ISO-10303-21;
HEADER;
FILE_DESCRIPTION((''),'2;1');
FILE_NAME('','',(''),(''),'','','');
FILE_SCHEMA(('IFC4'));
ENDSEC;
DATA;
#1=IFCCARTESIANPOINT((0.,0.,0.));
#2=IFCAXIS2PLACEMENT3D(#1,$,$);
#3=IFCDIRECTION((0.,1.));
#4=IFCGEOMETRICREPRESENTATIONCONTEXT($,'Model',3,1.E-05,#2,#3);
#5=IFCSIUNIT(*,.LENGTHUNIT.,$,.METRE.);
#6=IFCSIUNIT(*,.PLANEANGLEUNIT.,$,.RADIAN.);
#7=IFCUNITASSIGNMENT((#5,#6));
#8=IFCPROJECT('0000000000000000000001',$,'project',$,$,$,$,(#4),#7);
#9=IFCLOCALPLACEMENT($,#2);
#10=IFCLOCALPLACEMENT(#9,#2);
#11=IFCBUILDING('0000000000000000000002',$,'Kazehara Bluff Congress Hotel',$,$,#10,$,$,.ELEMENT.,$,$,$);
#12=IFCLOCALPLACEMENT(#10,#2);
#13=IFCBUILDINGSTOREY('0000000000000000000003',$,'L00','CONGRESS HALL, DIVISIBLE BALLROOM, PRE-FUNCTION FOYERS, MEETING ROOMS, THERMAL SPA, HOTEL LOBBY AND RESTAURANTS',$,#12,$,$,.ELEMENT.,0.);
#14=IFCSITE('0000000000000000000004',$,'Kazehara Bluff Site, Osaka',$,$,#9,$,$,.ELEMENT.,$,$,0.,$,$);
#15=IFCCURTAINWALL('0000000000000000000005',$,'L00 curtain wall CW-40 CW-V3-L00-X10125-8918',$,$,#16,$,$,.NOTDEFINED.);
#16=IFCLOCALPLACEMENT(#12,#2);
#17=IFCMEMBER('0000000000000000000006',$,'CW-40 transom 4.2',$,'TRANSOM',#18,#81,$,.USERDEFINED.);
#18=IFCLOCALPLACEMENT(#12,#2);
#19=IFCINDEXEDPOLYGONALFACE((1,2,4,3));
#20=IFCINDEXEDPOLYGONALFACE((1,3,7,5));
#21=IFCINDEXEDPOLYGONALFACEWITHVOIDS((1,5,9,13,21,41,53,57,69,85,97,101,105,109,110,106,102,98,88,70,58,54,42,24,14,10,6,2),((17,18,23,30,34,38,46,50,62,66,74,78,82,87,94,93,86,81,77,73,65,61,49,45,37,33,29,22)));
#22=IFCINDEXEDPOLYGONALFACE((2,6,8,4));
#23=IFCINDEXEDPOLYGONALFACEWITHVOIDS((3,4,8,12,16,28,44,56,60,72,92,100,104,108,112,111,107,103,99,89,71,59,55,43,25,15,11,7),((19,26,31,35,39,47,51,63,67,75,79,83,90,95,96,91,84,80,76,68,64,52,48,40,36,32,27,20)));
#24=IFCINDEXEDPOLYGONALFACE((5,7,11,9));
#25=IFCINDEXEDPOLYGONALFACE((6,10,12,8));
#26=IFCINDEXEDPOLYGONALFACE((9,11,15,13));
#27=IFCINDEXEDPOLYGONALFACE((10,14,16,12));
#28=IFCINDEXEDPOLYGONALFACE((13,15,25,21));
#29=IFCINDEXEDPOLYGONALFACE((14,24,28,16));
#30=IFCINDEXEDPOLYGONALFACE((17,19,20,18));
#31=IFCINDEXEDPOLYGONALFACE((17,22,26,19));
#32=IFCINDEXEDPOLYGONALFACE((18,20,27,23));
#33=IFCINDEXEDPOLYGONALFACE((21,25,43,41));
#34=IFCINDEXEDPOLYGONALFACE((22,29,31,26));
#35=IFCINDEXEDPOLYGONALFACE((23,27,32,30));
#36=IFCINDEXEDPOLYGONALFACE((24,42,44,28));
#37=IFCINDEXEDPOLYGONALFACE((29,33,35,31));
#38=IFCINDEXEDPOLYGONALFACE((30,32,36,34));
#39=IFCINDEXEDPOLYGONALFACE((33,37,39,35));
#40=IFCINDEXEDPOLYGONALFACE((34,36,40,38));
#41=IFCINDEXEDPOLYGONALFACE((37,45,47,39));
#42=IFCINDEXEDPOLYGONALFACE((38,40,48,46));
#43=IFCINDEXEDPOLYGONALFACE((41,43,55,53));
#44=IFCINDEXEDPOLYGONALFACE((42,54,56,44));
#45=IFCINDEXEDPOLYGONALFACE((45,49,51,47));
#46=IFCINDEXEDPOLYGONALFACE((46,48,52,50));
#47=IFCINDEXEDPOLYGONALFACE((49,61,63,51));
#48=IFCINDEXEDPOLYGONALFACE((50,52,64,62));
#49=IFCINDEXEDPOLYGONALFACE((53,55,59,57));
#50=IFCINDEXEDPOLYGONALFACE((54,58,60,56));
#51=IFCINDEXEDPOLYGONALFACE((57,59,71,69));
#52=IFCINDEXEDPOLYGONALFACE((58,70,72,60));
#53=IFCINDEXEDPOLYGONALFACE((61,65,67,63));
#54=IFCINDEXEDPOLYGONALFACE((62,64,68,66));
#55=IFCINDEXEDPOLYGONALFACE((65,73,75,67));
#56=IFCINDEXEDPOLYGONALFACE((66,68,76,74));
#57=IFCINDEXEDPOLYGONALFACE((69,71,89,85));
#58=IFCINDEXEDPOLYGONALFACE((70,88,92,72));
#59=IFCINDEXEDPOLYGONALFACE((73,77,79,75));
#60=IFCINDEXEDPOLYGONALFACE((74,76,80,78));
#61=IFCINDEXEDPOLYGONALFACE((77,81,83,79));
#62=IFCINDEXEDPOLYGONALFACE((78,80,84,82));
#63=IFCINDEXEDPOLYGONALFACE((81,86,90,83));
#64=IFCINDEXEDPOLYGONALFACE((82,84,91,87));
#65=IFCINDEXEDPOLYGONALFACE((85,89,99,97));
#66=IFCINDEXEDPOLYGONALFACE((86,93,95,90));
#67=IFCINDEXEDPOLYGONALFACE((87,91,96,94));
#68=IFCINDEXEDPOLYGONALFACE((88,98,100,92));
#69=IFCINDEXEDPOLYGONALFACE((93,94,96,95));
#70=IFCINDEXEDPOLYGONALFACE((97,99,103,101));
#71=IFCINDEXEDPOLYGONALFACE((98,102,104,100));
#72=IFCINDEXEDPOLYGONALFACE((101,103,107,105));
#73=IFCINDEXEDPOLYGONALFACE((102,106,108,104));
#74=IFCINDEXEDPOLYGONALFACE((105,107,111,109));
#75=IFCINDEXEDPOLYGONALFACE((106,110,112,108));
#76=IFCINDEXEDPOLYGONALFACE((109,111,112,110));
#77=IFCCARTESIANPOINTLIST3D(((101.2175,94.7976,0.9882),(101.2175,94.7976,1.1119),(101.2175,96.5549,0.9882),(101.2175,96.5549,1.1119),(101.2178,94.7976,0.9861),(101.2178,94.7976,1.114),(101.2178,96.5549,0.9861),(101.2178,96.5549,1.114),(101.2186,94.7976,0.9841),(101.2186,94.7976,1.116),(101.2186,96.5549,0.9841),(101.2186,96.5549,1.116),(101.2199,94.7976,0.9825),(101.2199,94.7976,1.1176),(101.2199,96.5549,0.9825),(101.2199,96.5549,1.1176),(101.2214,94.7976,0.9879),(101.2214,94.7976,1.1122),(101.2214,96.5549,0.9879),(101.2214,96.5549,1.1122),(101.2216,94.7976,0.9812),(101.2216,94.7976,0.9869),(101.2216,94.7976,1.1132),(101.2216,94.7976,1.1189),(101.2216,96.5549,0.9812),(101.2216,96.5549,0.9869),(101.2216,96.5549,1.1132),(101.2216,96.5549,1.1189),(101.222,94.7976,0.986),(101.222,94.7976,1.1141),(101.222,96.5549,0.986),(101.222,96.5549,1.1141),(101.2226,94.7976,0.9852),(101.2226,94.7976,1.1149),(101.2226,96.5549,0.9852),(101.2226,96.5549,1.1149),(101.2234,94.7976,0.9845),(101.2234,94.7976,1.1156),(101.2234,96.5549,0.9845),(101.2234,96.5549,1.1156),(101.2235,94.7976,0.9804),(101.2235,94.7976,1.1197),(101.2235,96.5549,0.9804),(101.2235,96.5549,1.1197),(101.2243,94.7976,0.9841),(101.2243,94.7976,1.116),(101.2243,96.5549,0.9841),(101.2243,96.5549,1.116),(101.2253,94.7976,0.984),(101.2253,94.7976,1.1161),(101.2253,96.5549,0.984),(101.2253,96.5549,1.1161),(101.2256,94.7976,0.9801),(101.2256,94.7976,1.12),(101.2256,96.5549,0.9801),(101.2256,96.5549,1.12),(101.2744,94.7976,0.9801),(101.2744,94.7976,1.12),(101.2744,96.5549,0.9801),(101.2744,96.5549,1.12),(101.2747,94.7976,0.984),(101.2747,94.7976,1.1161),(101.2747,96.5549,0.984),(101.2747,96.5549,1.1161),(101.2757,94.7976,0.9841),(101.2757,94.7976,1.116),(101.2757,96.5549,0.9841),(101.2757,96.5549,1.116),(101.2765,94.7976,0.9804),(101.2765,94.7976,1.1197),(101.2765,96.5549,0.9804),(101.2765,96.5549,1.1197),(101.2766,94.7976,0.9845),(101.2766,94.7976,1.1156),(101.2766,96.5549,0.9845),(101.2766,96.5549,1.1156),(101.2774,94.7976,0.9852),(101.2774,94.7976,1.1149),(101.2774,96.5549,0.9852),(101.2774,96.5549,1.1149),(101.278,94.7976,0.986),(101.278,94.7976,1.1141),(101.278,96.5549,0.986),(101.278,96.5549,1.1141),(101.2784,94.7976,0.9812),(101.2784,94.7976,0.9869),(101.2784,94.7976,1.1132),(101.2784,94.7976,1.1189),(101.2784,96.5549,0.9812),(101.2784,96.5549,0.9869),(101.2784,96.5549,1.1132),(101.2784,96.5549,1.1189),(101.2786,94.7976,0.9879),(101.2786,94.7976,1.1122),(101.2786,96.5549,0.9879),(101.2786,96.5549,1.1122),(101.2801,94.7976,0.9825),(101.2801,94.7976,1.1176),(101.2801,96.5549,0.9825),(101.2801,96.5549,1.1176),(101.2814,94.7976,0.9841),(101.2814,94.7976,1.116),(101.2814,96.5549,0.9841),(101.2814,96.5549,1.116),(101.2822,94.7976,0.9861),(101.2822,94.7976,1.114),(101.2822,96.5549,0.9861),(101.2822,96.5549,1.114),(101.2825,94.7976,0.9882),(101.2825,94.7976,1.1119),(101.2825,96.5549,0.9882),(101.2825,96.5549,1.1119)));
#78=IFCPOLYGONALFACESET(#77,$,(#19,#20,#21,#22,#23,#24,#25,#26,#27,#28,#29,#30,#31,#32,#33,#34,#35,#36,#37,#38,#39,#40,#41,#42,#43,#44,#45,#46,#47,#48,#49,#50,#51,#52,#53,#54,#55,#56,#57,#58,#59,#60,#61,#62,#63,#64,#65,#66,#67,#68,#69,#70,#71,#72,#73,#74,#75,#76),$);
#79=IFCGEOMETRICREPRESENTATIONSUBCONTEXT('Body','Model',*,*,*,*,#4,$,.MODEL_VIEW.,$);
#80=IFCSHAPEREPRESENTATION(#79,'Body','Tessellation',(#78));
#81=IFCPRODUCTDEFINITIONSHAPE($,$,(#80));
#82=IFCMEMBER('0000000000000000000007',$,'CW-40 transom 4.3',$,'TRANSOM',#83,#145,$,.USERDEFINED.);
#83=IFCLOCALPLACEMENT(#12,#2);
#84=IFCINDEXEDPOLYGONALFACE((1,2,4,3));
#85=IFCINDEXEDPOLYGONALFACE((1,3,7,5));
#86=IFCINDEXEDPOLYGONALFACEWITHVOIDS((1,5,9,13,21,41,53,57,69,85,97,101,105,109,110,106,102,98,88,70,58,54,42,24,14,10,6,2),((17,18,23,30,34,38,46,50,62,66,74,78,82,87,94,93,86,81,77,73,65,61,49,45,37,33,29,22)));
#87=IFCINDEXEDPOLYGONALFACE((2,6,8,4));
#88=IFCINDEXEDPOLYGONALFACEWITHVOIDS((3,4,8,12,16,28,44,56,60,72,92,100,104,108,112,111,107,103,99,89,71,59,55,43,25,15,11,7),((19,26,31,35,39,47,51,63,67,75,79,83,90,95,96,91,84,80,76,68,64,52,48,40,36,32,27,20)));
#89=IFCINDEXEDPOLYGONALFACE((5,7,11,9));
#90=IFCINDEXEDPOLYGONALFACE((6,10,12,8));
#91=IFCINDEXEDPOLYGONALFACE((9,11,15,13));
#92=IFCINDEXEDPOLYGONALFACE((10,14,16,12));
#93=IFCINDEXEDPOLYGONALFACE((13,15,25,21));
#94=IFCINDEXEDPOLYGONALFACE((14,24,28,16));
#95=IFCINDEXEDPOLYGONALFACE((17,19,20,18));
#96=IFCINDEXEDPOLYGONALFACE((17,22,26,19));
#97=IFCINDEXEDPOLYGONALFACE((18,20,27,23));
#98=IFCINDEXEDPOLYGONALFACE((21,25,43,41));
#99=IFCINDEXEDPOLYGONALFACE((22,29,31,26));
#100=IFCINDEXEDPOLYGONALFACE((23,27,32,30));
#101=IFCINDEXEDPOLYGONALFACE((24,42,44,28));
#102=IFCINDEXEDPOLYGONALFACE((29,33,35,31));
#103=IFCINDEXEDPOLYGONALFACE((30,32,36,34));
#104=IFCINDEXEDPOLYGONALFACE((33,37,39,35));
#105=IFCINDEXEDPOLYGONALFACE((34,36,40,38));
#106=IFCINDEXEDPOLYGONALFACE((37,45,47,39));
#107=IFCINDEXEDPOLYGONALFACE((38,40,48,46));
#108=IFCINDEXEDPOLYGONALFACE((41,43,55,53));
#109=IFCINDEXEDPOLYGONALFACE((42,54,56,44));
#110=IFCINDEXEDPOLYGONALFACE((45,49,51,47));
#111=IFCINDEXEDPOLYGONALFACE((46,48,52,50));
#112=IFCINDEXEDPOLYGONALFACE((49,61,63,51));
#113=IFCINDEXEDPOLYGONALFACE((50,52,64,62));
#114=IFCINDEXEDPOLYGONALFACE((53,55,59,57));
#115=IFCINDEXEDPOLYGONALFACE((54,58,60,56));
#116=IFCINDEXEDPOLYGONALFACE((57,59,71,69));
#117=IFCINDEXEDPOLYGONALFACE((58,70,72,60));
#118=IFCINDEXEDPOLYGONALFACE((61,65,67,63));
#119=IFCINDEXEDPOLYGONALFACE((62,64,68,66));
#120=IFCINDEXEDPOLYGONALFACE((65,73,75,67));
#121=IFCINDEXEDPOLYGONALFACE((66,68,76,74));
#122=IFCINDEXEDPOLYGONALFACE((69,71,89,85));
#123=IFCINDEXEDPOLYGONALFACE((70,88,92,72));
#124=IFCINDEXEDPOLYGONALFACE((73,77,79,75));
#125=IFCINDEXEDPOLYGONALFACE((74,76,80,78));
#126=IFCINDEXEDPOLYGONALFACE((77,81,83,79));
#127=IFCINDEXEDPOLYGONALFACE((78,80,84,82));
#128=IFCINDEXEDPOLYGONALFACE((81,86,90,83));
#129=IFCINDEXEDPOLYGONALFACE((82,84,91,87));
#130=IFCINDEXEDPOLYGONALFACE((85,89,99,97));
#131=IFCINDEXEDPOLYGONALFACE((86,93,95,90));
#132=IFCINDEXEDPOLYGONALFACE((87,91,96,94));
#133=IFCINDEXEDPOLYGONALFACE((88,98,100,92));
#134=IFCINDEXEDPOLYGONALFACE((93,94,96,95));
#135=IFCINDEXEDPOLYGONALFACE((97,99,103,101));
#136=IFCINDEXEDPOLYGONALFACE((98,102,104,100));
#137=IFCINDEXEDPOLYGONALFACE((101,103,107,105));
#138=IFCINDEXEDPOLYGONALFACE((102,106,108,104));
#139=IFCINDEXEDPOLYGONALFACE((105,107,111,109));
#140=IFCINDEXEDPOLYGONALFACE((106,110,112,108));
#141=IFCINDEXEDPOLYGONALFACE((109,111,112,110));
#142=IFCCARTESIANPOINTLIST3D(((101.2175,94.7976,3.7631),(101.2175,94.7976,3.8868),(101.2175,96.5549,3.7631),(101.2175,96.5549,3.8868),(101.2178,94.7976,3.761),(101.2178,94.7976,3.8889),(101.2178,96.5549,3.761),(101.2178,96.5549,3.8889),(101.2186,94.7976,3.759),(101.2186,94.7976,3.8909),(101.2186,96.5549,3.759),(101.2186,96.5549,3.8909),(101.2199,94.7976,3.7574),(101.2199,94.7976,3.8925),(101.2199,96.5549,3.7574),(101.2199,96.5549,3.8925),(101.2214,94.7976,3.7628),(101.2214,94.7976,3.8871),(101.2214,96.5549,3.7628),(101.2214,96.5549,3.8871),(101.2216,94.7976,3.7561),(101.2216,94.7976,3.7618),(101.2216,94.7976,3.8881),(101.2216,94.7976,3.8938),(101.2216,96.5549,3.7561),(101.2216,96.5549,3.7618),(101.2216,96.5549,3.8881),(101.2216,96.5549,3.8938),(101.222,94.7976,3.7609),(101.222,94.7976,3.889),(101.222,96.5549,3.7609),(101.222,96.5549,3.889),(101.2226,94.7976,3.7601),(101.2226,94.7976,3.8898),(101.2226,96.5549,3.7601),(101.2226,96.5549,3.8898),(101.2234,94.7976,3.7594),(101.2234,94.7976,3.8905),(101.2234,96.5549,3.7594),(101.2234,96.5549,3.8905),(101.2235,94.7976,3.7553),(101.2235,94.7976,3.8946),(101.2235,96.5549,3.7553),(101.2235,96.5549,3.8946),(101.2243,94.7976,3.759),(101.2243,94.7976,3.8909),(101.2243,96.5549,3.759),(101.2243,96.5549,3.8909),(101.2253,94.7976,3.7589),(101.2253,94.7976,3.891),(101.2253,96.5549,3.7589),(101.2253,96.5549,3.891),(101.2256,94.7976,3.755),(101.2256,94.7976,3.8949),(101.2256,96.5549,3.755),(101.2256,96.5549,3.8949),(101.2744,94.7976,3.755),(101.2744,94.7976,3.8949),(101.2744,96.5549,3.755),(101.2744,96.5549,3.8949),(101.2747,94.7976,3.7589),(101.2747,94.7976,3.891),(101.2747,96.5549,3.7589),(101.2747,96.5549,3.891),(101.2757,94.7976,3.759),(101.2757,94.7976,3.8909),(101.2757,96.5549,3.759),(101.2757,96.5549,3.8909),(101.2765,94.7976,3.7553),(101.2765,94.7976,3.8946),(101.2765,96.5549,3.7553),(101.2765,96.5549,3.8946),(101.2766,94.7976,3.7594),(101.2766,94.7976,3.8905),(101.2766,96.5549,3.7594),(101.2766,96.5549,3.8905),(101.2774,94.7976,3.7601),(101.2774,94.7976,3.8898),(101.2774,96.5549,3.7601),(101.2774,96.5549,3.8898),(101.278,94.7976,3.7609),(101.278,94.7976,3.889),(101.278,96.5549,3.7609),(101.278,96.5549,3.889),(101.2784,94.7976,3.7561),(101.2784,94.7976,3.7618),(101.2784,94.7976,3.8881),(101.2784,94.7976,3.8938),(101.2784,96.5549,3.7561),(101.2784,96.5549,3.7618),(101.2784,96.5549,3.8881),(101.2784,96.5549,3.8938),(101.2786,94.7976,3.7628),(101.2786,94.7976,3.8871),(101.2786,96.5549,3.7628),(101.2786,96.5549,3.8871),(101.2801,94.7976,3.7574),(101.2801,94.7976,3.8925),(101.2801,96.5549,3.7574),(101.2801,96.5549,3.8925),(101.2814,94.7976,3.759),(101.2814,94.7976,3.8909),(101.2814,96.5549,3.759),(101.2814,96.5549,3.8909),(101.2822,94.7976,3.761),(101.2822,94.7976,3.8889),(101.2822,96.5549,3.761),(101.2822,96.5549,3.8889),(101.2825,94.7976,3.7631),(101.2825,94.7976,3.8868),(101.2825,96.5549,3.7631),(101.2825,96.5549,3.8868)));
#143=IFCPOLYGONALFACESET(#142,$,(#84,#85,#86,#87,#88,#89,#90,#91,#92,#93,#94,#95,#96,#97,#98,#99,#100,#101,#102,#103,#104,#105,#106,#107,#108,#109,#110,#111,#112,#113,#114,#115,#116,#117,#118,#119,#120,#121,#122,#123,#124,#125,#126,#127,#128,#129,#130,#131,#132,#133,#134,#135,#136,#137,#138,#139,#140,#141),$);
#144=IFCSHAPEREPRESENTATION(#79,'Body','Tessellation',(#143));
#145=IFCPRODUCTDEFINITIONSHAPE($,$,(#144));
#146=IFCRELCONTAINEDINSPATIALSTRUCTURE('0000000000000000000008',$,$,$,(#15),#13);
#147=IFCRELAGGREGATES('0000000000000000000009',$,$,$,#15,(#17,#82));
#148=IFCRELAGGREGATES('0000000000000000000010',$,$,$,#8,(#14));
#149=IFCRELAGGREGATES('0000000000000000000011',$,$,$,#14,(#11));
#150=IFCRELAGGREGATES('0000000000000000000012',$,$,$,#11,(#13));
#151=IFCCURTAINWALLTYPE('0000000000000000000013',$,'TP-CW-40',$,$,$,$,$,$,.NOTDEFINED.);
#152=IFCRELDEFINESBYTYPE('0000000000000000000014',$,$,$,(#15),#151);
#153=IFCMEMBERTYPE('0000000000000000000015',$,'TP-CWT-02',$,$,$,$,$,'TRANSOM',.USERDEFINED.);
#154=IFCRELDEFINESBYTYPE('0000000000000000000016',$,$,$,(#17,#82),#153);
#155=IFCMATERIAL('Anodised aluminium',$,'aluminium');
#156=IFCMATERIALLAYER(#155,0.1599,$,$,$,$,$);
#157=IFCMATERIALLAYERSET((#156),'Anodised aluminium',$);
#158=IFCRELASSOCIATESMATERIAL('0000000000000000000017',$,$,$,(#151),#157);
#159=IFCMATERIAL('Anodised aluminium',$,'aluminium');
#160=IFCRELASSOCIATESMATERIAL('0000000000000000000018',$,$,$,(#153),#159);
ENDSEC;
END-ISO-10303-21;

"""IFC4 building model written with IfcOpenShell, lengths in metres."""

from ifc_helpers import new_model, si_unit, direction, frame, origin, origin_2d, place, context, subcontext, project, spatial, hollow_rectangle, extrude, material, layer, layer_set, material_profile, profile_set, type_object, element, aggregate, save


model = new_model("IFC4")

# Units and contexts
model_context = context("Model", 3, precision=1e-05, world=origin(), true_north=direction((0.0, 1.0)))
body_context = subcontext(model_context, "Body", "Model", "MODEL_VIEW")
ifc_project = project(units=[si_unit("LENGTHUNIT", "METRE"), si_unit("PLANEANGLEUNIT", "RADIAN")], contexts=[model_context])

# Site, building, storey
site_placement = place(None, origin())
site = spatial("IfcSite", under=ifc_project, at=site_placement, Name="Kazehara Bluff Site, Osaka", CompositionType="ELEMENT", RefElevation=0.0)
building_placement = place(site_placement, origin())
building = spatial("IfcBuilding", under=site, at=building_placement, Name="Kazehara Bluff Congress Hotel", CompositionType="ELEMENT")
storey_placement = place(building_placement, origin())
storey = spatial("IfcBuildingStorey", under=building, at=storey_placement, Name="L00", Description="CONGRESS HALL, DIVISIBLE BALLROOM, PRE-FUNCTION FOYERS, MEETING ROOMS, THERMAL SPA, HOTEL LOBBY AND RESTAURANTS", CompositionType="ELEMENT", Elevation=0.0)

# Curtain wall, members
ifc_material_1 = material(Name="Anodised aluminium", Category="aluminium")
ifc_layer_1 = layer(ifc_material_1, 0.1599)
ifc_layer_set_1 = layer_set([ifc_layer_1], Name="Anodised aluminium")
curtain_wall_type = type_object("IfcCurtainWallType", Name="TP-CW-40", PredefinedType="NOTDEFINED", material=ifc_layer_set_1)
curtain_wall_placement = place(storey_placement, origin())
curtain_wall = element("IfcCurtainWall", 1, at=curtain_wall_placement, inside=storey, type_object=curtain_wall_type, Name="L00 curtain wall CW-40 CW-V3-L00-X10125-8918", PredefinedType="NOTDEFINED")
ifc_material_2 = material(Name="Anodised aluminium", Category="aluminium")
ifc_material_profile_1 = material_profile(ifc_material_2, hollow_rectangle(XDim=0.0649, YDim=0.1399, WallThickness=0.0039, InnerFilletRadius=0.0039, OuterFilletRadius=0.0081, at=origin_2d()))
ifc_profile_set_1 = profile_set([ifc_material_profile_1], Name="Anodised aluminium")
member_type_1 = type_object("IfcMemberType", Name="TP-CWT-02", ElementType="TRANSOM", PredefinedType="USERDEFINED", material=ifc_profile_set_1)
member_1_placement = place(storey_placement, frame((101.25, 94.7976, 1.05), z_axis=(0.0, 1.0, 0.0), x_axis=(-1.0, 0.0, 0.0)))
member_1 = element("IfcMember", 2, at=member_1_placement, type_object=member_type_1, Name="CW-40 transom 4.2", ObjectType="TRANSOM", PredefinedType="USERDEFINED", context=body_context, shape_type="SweptSolid", body=[
    extrude(hollow_rectangle(XDim=0.0649, YDim=0.1399, WallThickness=0.0039, InnerFilletRadius=0.0039, OuterFilletRadius=0.0081, at=origin_2d()), origin(), (0.0, 0.0, 1.0), 1.7573),
])
member_2_placement = place(storey_placement, frame((101.25, 94.7976, 3.825), z_axis=(0.0, 1.0, 0.0), x_axis=(-1.0, 0.0, 0.0)))
member_2 = element("IfcMember", 3, at=member_2_placement, type_object=member_type_1, Name="CW-40 transom 4.3", ObjectType="TRANSOM", PredefinedType="USERDEFINED", context=body_context, shape_type="SweptSolid", body=[
    extrude(hollow_rectangle(XDim=0.0649, YDim=0.1399, WallThickness=0.0039, InnerFilletRadius=0.0039, OuterFilletRadius=0.0081, at=origin_2d()), origin(), (0.0, 0.0, 1.0), 1.7573),
])
aggregate(curtain_wall, [member_1, member_2])

save(model, "model.ifc")
